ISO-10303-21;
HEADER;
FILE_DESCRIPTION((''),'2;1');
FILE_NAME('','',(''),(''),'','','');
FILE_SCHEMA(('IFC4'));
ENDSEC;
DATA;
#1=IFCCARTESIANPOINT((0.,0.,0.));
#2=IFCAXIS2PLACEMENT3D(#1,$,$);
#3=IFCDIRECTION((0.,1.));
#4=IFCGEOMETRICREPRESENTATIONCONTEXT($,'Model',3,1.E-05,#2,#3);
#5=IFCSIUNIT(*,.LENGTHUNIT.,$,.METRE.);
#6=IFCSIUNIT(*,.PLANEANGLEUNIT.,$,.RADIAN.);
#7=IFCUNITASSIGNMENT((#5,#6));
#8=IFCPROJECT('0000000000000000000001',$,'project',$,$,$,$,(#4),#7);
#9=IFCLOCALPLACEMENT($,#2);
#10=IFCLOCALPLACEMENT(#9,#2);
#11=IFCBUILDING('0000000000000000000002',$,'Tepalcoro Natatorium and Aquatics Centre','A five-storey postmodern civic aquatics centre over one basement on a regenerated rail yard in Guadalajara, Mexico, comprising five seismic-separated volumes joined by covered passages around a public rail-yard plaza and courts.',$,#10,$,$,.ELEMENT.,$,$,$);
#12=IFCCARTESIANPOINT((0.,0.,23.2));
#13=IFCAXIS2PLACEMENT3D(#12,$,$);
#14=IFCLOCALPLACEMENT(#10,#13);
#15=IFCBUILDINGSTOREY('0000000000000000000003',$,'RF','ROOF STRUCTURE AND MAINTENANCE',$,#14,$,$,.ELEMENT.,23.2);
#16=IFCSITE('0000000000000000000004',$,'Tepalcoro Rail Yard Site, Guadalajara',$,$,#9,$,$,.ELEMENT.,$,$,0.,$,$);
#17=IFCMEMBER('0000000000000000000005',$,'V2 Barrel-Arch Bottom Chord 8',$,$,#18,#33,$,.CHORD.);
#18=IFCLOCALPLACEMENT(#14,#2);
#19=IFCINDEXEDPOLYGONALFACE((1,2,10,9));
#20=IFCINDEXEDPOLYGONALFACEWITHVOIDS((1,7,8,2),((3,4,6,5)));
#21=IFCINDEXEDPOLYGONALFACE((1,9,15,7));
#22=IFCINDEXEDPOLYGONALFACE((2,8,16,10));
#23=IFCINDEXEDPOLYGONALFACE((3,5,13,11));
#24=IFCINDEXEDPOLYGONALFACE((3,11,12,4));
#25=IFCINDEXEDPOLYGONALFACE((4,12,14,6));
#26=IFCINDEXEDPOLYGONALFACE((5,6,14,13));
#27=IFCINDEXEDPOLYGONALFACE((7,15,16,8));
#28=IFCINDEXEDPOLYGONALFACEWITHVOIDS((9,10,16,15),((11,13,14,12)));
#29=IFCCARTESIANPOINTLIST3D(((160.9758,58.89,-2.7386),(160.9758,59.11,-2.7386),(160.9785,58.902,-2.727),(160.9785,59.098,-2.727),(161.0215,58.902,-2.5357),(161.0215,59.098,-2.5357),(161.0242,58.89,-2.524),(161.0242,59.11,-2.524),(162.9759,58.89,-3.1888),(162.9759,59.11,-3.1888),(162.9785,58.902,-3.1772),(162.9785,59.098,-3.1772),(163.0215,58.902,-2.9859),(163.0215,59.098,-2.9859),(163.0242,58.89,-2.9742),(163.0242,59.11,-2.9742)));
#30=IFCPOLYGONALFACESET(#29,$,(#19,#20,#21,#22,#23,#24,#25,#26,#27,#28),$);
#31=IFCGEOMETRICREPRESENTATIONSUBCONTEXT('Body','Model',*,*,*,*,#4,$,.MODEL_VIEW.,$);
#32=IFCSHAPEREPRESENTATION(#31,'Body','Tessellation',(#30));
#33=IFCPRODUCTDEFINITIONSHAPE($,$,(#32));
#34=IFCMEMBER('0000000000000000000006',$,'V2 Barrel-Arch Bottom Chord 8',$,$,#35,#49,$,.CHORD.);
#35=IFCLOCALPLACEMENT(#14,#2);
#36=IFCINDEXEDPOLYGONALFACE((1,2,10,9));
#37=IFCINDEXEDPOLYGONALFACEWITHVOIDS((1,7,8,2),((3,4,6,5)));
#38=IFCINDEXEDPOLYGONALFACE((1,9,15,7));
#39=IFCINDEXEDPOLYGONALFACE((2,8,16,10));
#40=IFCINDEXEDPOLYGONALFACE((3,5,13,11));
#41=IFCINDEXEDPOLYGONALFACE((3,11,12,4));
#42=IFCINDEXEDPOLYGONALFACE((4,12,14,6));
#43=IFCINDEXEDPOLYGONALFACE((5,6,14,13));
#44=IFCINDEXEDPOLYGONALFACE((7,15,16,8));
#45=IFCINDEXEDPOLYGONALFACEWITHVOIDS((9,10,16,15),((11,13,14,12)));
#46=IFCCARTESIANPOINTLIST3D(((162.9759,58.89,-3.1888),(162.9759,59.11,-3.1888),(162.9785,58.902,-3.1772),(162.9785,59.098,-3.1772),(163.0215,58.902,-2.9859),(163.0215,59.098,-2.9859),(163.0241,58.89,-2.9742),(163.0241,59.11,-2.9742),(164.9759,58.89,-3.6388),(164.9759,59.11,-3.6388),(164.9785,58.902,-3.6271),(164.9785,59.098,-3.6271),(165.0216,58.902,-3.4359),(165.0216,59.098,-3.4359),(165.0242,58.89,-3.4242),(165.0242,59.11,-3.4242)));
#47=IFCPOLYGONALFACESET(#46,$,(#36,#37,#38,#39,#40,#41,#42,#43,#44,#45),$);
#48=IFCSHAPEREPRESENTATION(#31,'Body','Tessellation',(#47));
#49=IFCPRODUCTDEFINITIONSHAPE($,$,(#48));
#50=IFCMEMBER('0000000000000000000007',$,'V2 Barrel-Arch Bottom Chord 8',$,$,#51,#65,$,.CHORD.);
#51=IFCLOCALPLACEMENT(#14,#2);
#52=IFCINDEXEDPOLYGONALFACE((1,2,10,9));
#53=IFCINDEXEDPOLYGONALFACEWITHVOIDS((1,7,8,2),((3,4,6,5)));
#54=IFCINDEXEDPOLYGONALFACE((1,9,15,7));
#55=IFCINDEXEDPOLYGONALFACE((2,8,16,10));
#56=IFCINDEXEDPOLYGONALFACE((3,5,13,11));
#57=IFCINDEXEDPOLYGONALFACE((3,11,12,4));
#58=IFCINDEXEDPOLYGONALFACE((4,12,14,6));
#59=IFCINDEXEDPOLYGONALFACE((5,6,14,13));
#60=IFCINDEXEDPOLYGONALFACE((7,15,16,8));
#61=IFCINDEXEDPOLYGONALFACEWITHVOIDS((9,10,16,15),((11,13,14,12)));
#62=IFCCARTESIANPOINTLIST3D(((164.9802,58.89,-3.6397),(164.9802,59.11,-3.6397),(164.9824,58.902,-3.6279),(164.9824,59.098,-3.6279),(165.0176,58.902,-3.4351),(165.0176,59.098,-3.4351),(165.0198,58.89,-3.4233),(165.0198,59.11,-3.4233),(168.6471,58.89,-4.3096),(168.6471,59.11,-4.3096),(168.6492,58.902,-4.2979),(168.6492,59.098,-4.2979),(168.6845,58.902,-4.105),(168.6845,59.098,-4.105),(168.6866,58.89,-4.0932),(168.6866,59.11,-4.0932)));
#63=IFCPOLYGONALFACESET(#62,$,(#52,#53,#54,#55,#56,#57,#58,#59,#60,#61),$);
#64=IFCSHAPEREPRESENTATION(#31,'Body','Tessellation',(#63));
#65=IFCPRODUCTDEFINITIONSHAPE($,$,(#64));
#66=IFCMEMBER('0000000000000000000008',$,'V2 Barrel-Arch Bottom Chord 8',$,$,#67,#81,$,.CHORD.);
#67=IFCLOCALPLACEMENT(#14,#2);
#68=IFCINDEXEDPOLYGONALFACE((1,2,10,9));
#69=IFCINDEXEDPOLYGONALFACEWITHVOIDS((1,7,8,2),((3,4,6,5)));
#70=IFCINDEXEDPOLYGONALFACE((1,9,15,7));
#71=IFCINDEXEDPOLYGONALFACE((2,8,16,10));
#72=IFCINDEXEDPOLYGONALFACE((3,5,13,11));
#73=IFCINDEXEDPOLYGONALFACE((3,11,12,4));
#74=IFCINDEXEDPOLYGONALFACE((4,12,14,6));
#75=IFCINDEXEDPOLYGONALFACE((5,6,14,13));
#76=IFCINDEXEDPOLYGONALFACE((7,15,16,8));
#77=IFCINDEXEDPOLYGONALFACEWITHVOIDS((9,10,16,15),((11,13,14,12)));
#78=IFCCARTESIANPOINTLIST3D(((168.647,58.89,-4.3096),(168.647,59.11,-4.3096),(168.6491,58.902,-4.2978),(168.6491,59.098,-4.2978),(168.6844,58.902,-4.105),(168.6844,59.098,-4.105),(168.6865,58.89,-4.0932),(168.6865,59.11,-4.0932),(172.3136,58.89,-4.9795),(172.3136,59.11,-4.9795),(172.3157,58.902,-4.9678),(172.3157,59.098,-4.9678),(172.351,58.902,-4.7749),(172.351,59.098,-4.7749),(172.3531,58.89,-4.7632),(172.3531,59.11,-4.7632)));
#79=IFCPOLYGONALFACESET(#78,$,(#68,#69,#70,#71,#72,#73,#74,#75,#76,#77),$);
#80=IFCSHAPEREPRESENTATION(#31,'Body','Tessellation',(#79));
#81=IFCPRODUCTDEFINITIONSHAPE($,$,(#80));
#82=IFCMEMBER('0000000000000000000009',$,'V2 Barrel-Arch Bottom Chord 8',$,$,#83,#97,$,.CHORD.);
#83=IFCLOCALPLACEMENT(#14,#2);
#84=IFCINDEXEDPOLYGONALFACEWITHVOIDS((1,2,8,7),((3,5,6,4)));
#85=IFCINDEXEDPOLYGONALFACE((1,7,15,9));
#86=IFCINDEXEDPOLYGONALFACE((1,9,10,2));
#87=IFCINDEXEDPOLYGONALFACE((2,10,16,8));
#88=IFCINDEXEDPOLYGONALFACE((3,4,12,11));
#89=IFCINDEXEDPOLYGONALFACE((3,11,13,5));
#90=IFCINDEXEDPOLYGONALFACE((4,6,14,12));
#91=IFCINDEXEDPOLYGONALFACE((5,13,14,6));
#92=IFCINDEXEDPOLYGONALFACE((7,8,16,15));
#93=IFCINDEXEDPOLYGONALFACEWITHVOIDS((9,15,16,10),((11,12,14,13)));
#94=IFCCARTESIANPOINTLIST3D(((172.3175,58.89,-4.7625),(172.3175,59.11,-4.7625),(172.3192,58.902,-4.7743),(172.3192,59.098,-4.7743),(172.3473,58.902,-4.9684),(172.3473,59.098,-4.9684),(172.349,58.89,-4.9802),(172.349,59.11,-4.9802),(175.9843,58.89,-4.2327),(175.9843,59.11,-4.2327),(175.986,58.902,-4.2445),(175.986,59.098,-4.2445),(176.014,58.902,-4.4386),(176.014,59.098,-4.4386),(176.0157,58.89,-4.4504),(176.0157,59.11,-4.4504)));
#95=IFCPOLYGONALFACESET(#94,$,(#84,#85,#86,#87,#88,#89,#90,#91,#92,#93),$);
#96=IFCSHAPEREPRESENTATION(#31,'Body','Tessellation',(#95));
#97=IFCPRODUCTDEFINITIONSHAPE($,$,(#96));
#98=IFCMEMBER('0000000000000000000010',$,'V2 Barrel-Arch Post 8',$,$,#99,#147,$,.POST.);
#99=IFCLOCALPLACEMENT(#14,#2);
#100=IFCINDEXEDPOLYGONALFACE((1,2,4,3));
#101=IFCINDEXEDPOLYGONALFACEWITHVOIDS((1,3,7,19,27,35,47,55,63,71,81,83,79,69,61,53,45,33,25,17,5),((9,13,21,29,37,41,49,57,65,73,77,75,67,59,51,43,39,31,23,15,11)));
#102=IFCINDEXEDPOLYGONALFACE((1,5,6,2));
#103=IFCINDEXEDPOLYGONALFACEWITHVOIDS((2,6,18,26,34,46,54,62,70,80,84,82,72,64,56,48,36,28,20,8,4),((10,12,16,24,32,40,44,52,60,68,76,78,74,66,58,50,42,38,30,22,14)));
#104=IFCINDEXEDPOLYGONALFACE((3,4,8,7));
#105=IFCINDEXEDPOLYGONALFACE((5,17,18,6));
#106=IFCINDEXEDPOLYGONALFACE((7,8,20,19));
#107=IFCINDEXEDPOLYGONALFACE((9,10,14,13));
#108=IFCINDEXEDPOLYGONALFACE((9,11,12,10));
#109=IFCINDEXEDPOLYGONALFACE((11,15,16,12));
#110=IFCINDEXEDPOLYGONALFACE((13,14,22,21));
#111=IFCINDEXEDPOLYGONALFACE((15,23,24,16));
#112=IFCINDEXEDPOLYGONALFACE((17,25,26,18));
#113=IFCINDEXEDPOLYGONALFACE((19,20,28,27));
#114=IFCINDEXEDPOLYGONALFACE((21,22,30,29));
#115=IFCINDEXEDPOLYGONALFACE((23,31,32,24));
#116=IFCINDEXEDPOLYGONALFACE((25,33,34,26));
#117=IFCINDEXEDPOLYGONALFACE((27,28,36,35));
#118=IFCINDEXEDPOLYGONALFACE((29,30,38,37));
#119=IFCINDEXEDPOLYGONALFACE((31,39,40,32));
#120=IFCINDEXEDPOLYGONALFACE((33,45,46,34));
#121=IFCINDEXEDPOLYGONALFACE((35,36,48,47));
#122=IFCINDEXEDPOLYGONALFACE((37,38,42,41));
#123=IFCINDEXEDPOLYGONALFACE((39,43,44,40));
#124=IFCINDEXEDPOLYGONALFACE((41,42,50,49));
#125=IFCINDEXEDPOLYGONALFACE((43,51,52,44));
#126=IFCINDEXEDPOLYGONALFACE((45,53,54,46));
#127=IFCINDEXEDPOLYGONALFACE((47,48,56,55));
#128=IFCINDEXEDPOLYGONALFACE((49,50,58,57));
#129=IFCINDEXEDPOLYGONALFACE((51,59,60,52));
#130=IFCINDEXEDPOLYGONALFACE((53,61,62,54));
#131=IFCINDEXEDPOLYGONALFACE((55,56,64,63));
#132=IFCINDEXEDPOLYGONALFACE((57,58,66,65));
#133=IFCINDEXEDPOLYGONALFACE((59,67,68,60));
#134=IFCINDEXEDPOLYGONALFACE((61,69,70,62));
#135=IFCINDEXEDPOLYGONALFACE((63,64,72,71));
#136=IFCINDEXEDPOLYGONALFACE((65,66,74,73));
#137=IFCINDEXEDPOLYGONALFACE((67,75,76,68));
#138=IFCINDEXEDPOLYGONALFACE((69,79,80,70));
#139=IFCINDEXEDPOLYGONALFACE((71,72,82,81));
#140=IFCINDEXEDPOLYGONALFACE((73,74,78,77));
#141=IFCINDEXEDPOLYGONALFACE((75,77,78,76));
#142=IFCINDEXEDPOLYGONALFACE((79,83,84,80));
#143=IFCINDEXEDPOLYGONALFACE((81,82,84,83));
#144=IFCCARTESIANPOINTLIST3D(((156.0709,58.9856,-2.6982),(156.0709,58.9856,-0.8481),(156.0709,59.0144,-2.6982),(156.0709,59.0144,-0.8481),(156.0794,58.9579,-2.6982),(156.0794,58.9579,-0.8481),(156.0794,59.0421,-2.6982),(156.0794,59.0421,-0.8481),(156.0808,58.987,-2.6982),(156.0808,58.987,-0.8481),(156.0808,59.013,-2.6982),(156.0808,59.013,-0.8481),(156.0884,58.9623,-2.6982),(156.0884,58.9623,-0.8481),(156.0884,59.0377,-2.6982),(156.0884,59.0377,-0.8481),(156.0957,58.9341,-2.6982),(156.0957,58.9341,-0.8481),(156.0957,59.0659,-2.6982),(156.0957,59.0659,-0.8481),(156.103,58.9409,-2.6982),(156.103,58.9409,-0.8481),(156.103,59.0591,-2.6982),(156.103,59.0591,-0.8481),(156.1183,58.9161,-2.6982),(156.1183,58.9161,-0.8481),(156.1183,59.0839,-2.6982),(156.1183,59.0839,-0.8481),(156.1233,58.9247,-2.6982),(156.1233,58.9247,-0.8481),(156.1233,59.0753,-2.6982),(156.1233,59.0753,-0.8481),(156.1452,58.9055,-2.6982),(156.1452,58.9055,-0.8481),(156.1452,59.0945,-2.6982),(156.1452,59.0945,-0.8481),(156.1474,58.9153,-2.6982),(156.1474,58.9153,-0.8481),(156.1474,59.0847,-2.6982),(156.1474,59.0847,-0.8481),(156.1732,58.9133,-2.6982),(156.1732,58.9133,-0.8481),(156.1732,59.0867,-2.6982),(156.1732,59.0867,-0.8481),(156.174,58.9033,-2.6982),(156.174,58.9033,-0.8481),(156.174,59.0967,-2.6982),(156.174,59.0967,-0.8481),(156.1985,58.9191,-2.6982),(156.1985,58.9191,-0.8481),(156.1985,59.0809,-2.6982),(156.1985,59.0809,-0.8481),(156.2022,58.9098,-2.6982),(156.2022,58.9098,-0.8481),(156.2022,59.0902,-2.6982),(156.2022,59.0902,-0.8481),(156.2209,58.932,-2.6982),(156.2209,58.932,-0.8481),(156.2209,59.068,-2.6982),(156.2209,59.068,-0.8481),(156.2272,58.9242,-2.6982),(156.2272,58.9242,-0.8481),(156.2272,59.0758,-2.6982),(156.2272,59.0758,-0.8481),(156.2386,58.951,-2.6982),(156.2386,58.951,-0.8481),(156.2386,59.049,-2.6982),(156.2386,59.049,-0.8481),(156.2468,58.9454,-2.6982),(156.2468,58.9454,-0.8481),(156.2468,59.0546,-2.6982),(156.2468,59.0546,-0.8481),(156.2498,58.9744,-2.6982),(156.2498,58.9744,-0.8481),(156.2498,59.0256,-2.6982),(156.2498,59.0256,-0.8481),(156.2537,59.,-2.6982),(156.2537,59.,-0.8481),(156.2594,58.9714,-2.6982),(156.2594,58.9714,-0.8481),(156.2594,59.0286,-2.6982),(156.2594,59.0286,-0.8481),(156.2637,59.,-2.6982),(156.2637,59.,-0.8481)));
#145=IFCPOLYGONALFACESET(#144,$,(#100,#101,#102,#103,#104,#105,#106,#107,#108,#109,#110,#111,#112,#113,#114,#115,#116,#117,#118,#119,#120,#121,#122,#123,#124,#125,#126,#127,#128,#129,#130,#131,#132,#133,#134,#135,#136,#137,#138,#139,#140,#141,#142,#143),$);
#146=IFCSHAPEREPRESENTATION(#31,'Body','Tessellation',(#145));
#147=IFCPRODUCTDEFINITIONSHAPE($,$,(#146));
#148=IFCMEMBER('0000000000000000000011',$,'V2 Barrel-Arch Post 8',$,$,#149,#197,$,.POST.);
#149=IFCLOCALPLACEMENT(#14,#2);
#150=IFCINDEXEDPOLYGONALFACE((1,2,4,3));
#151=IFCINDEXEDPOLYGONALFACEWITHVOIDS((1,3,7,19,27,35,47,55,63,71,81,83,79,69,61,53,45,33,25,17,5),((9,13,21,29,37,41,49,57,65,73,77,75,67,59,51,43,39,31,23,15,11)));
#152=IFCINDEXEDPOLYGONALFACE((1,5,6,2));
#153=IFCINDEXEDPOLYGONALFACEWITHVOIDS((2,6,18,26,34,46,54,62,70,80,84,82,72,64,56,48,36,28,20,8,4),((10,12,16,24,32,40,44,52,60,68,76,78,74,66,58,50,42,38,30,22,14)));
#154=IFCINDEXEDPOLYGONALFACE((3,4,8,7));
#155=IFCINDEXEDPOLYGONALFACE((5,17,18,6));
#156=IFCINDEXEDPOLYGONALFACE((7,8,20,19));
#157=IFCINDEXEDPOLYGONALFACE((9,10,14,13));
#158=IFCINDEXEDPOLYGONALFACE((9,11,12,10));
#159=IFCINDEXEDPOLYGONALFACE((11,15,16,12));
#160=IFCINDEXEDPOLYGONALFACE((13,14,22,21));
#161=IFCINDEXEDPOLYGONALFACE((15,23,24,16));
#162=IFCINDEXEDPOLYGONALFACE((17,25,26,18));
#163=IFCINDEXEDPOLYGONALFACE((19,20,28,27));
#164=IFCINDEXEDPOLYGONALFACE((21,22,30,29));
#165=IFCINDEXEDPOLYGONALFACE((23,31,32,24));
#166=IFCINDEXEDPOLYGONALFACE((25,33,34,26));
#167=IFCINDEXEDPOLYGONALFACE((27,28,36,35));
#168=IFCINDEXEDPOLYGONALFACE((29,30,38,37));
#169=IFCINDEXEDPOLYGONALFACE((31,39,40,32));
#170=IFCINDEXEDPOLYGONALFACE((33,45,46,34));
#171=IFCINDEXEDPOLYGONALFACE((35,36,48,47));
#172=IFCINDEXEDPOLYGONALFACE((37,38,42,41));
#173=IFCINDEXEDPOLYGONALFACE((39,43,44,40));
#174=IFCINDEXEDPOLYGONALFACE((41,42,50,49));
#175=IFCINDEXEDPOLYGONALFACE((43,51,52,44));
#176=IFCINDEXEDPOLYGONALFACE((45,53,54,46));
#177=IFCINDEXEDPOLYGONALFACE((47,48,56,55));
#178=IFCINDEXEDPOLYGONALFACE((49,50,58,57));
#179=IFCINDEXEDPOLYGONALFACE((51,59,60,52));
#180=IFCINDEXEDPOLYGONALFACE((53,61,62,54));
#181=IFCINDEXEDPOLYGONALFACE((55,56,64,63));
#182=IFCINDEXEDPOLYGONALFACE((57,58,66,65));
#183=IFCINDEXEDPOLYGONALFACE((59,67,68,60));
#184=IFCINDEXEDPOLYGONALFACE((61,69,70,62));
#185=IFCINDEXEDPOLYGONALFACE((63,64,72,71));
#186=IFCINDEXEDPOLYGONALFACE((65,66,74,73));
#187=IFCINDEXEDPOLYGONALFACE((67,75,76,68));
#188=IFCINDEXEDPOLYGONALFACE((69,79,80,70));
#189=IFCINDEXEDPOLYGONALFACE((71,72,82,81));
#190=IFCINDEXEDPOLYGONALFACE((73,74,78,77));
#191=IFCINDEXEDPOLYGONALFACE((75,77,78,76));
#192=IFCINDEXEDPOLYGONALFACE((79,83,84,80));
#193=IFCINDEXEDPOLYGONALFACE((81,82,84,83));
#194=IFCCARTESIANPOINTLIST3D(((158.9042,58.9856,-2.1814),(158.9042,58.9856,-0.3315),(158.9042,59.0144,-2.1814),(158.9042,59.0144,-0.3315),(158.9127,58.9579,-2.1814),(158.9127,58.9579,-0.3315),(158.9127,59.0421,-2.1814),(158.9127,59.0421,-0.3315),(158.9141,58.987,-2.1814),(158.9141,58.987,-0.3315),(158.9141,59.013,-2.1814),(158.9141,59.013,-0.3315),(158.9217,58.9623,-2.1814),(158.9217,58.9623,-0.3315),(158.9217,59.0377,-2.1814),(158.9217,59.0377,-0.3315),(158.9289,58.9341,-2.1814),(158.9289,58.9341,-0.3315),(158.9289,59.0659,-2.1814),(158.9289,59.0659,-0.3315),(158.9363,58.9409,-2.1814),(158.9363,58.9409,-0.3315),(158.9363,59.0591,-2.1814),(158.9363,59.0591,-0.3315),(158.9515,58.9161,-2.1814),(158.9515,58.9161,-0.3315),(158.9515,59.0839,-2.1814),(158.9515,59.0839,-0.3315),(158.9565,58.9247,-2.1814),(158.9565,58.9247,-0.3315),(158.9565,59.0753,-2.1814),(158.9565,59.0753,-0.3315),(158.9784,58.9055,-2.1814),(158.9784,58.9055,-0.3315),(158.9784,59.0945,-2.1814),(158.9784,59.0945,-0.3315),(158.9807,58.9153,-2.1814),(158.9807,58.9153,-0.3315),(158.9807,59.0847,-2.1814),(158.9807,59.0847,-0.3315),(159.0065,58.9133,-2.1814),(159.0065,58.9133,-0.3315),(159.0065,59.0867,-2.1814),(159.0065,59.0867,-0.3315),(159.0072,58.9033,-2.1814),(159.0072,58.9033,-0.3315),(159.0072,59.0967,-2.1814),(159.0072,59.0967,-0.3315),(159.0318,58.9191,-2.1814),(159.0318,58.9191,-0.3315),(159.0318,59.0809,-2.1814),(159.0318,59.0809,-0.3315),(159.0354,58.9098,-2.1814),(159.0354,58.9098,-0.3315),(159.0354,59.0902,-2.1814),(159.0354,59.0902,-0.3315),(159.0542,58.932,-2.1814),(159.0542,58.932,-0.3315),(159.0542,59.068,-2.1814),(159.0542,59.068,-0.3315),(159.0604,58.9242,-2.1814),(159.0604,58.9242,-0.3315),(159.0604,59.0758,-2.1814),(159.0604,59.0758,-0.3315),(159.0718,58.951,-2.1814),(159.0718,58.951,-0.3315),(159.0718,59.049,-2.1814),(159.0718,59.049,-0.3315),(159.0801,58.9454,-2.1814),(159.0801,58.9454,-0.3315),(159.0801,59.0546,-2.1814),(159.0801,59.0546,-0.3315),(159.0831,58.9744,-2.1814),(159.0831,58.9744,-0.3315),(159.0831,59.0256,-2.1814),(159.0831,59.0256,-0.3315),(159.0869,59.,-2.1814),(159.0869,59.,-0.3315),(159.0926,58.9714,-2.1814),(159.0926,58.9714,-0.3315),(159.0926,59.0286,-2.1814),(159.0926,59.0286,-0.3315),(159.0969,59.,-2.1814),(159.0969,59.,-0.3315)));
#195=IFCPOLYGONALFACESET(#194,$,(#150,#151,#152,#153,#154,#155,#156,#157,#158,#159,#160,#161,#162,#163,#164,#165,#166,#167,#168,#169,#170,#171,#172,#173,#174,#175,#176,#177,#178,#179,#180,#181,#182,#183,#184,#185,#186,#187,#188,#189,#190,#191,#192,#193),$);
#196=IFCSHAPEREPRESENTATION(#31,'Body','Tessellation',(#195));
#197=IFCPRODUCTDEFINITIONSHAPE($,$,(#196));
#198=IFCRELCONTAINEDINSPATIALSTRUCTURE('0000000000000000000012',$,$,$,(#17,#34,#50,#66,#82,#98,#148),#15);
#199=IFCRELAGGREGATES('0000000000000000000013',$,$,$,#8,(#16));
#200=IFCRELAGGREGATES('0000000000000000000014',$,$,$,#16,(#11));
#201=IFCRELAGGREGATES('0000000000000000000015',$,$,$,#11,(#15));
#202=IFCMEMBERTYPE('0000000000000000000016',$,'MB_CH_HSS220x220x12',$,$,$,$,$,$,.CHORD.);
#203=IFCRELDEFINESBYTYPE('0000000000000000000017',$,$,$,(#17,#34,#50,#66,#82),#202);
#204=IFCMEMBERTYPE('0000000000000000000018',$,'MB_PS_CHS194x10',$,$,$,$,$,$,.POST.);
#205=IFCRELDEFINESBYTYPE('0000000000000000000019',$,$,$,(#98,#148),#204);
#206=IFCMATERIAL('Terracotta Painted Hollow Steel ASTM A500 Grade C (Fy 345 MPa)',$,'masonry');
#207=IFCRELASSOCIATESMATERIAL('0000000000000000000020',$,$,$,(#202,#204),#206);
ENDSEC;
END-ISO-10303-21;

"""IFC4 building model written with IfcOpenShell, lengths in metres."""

from ifc_helpers import new_model, si_unit, direction, frame, origin, origin_2d, place, context, subcontext, project, spatial, hollow_rectangle, hollow_circle, extrude, material, material_profile, profile_set, type_object, element, save


model = new_model("IFC4")

# Units and contexts
model_context = context("Model", 3, precision=1e-05, world=origin(), true_north=direction((0.0, 1.0)))
body_context = subcontext(model_context, "Body", "Model", "MODEL_VIEW")
ifc_project = project(units=[si_unit("LENGTHUNIT", "METRE"), si_unit("PLANEANGLEUNIT", "RADIAN")], contexts=[model_context])

# Site, building, storey
site_placement = place(None, origin())
site = spatial("IfcSite", under=ifc_project, at=site_placement, Name="Tepalcoro Rail Yard Site, Guadalajara", CompositionType="ELEMENT", RefElevation=0.0)
building_placement = place(site_placement, origin())
building = spatial("IfcBuilding", under=site, at=building_placement, Name="Tepalcoro Natatorium and Aquatics Centre", Description="A five-storey postmodern civic aquatics centre over one basement on a regenerated rail yard in Guadalajara, Mexico, comprising five seismic-separated volumes joined by covered passages around a public rail-yard plaza and courts.", CompositionType="ELEMENT")
storey_placement = place(building_placement, frame((0.0, 0.0, 23.2)))
storey = spatial("IfcBuildingStorey", under=building, at=storey_placement, Name="RF", Description="ROOF STRUCTURE AND MAINTENANCE", CompositionType="ELEMENT", Elevation=23.2)

# Shared definitions
ifc_material_1 = material(Name="Terracotta Painted Hollow Steel ASTM A500 Grade C (Fy 345 MPa)", Category="masonry")

# Members
ifc_material_profile_1 = material_profile(ifc_material_1, hollow_rectangle(XDim=0.22, YDim=0.22, WallThickness=0.012, at=origin_2d()), Name="HSS220X220X12")
ifc_profile_set_1 = profile_set([ifc_material_profile_1], Name="Terracotta Painted Hollow Steel ASTM A500 Grade C (Fy 345 MPa)")
member_type_1 = type_object("IfcMemberType", Name="MB_CH_HSS220x220x12", PredefinedType="CHORD", material=ifc_profile_set_1)
for number, where, z_axis, x_axis, name in (
    (1, (161.0, 59.0, -2.6313), (0.975589, 0.0, -0.219603), (0.0, 1.0, 0.0), "V2 Barrel-Arch Bottom Chord 8"),
    (2, (163.0, 59.0, -3.0815), (0.975615, 0.0, -0.21949), (0.0, 1.0, 0.0), "V2 Barrel-Arch Bottom Chord 8"),
):
    element("IfcMember", number, at=place(storey_placement, frame(where, z_axis=z_axis, x_axis=x_axis)), inside=storey, type_object=member_type_1, Name=name, PredefinedType="CHORD", context=body_context, shape_type="SweptSolid", body=[
        extrude(hollow_rectangle(XDim=0.22, YDim=0.22, WallThickness=0.012, at=origin_2d()), origin(), (0.0, 0.0, 1.0), 2.05),
    ])
member_1_placement = place(storey_placement, frame((165.0, 59.0, -3.5315), z_axis=(0.983717, 0.0, -0.179727), x_axis=(0.0, 1.0, 0.0)))
element("IfcMember", 3, at=member_1_placement, inside=storey, type_object=member_type_1, Name="V2 Barrel-Arch Bottom Chord 8", PredefinedType="CHORD", context=body_context, shape_type="SweptSolid", body=[
    extrude(hollow_rectangle(XDim=0.22, YDim=0.22, WallThickness=0.012, at=origin_2d()), origin(), (0.0, 0.0, 1.0), 3.7275),
])
member_2_placement = place(storey_placement, frame((168.6667, 59.0, -4.2014), z_axis=(0.983714, 0.0, -0.179738), x_axis=(0.0, 1.0, 0.0)))
element("IfcMember", 4, at=member_2_placement, inside=storey, type_object=member_type_1, Name="V2 Barrel-Arch Bottom Chord 8", PredefinedType="CHORD", context=body_context, shape_type="SweptSolid", body=[
    extrude(hollow_rectangle(XDim=0.22, YDim=0.22, WallThickness=0.012, at=origin_2d()), origin(), (0.0, 0.0, 1.0), 3.7273),
])
member_3_placement = place(storey_placement, frame((172.3333, 59.0, -4.8713), z_axis=(0.989723, 0.0, 0.142999), x_axis=(0.0, 1.0, 0.0)))
element("IfcMember", 5, at=member_3_placement, inside=storey, type_object=member_type_1, Name="V2 Barrel-Arch Bottom Chord 8", PredefinedType="CHORD", context=body_context, shape_type="SweptSolid", body=[
    extrude(hollow_rectangle(XDim=0.22, YDim=0.22, WallThickness=0.012, at=origin_2d()), origin(), (0.0, 0.0, 1.0), 3.7048),
])
ifc_material_profile_2 = material_profile(ifc_material_1, hollow_circle(Radius=0.0969, WallThickness=0.01, at=origin_2d()), Name="CHS194X10")
ifc_profile_set_2 = profile_set([ifc_material_profile_2], Name="Terracotta Painted Hollow Steel ASTM A500 Grade C (Fy 345 MPa)")
member_type_2 = type_object("IfcMemberType", Name="MB_PS_CHS194x10", PredefinedType="POST", material=ifc_profile_set_2)
member_4_placement = place(storey_placement, frame((156.1667, 59.0, -2.6982), z_axis=(0.0, 0.0, 1.0), x_axis=(1.0, 0.0, 0.0)))
element("IfcMember", 6, at=member_4_placement, inside=storey, type_object=member_type_2, Name="V2 Barrel-Arch Post 8", PredefinedType="POST", context=body_context, shape_type="SweptSolid", body=[
    extrude(hollow_circle(Radius=0.0969, WallThickness=0.01, at=origin_2d()), origin(), (0.0, 0.0, 1.0), 1.8501),
])
for number, where, z_axis, x_axis, name in (
    (7, (159.0, 59.0, -2.1814), (0.0, 0.0, 1.0), (1.0, 0.0, 0.0), "V2 Barrel-Arch Post 8"),
):
    element("IfcMember", number, at=place(storey_placement, frame(where, z_axis=z_axis, x_axis=x_axis)), inside=storey, type_object=member_type_2, Name=name, PredefinedType="POST", context=body_context, shape_type="SweptSolid", body=[
        extrude(hollow_circle(Radius=0.0969, WallThickness=0.01, at=origin_2d()), origin(), (0.0, 0.0, 1.0), 1.8499),
    ])

save(model, "model.ifc")
